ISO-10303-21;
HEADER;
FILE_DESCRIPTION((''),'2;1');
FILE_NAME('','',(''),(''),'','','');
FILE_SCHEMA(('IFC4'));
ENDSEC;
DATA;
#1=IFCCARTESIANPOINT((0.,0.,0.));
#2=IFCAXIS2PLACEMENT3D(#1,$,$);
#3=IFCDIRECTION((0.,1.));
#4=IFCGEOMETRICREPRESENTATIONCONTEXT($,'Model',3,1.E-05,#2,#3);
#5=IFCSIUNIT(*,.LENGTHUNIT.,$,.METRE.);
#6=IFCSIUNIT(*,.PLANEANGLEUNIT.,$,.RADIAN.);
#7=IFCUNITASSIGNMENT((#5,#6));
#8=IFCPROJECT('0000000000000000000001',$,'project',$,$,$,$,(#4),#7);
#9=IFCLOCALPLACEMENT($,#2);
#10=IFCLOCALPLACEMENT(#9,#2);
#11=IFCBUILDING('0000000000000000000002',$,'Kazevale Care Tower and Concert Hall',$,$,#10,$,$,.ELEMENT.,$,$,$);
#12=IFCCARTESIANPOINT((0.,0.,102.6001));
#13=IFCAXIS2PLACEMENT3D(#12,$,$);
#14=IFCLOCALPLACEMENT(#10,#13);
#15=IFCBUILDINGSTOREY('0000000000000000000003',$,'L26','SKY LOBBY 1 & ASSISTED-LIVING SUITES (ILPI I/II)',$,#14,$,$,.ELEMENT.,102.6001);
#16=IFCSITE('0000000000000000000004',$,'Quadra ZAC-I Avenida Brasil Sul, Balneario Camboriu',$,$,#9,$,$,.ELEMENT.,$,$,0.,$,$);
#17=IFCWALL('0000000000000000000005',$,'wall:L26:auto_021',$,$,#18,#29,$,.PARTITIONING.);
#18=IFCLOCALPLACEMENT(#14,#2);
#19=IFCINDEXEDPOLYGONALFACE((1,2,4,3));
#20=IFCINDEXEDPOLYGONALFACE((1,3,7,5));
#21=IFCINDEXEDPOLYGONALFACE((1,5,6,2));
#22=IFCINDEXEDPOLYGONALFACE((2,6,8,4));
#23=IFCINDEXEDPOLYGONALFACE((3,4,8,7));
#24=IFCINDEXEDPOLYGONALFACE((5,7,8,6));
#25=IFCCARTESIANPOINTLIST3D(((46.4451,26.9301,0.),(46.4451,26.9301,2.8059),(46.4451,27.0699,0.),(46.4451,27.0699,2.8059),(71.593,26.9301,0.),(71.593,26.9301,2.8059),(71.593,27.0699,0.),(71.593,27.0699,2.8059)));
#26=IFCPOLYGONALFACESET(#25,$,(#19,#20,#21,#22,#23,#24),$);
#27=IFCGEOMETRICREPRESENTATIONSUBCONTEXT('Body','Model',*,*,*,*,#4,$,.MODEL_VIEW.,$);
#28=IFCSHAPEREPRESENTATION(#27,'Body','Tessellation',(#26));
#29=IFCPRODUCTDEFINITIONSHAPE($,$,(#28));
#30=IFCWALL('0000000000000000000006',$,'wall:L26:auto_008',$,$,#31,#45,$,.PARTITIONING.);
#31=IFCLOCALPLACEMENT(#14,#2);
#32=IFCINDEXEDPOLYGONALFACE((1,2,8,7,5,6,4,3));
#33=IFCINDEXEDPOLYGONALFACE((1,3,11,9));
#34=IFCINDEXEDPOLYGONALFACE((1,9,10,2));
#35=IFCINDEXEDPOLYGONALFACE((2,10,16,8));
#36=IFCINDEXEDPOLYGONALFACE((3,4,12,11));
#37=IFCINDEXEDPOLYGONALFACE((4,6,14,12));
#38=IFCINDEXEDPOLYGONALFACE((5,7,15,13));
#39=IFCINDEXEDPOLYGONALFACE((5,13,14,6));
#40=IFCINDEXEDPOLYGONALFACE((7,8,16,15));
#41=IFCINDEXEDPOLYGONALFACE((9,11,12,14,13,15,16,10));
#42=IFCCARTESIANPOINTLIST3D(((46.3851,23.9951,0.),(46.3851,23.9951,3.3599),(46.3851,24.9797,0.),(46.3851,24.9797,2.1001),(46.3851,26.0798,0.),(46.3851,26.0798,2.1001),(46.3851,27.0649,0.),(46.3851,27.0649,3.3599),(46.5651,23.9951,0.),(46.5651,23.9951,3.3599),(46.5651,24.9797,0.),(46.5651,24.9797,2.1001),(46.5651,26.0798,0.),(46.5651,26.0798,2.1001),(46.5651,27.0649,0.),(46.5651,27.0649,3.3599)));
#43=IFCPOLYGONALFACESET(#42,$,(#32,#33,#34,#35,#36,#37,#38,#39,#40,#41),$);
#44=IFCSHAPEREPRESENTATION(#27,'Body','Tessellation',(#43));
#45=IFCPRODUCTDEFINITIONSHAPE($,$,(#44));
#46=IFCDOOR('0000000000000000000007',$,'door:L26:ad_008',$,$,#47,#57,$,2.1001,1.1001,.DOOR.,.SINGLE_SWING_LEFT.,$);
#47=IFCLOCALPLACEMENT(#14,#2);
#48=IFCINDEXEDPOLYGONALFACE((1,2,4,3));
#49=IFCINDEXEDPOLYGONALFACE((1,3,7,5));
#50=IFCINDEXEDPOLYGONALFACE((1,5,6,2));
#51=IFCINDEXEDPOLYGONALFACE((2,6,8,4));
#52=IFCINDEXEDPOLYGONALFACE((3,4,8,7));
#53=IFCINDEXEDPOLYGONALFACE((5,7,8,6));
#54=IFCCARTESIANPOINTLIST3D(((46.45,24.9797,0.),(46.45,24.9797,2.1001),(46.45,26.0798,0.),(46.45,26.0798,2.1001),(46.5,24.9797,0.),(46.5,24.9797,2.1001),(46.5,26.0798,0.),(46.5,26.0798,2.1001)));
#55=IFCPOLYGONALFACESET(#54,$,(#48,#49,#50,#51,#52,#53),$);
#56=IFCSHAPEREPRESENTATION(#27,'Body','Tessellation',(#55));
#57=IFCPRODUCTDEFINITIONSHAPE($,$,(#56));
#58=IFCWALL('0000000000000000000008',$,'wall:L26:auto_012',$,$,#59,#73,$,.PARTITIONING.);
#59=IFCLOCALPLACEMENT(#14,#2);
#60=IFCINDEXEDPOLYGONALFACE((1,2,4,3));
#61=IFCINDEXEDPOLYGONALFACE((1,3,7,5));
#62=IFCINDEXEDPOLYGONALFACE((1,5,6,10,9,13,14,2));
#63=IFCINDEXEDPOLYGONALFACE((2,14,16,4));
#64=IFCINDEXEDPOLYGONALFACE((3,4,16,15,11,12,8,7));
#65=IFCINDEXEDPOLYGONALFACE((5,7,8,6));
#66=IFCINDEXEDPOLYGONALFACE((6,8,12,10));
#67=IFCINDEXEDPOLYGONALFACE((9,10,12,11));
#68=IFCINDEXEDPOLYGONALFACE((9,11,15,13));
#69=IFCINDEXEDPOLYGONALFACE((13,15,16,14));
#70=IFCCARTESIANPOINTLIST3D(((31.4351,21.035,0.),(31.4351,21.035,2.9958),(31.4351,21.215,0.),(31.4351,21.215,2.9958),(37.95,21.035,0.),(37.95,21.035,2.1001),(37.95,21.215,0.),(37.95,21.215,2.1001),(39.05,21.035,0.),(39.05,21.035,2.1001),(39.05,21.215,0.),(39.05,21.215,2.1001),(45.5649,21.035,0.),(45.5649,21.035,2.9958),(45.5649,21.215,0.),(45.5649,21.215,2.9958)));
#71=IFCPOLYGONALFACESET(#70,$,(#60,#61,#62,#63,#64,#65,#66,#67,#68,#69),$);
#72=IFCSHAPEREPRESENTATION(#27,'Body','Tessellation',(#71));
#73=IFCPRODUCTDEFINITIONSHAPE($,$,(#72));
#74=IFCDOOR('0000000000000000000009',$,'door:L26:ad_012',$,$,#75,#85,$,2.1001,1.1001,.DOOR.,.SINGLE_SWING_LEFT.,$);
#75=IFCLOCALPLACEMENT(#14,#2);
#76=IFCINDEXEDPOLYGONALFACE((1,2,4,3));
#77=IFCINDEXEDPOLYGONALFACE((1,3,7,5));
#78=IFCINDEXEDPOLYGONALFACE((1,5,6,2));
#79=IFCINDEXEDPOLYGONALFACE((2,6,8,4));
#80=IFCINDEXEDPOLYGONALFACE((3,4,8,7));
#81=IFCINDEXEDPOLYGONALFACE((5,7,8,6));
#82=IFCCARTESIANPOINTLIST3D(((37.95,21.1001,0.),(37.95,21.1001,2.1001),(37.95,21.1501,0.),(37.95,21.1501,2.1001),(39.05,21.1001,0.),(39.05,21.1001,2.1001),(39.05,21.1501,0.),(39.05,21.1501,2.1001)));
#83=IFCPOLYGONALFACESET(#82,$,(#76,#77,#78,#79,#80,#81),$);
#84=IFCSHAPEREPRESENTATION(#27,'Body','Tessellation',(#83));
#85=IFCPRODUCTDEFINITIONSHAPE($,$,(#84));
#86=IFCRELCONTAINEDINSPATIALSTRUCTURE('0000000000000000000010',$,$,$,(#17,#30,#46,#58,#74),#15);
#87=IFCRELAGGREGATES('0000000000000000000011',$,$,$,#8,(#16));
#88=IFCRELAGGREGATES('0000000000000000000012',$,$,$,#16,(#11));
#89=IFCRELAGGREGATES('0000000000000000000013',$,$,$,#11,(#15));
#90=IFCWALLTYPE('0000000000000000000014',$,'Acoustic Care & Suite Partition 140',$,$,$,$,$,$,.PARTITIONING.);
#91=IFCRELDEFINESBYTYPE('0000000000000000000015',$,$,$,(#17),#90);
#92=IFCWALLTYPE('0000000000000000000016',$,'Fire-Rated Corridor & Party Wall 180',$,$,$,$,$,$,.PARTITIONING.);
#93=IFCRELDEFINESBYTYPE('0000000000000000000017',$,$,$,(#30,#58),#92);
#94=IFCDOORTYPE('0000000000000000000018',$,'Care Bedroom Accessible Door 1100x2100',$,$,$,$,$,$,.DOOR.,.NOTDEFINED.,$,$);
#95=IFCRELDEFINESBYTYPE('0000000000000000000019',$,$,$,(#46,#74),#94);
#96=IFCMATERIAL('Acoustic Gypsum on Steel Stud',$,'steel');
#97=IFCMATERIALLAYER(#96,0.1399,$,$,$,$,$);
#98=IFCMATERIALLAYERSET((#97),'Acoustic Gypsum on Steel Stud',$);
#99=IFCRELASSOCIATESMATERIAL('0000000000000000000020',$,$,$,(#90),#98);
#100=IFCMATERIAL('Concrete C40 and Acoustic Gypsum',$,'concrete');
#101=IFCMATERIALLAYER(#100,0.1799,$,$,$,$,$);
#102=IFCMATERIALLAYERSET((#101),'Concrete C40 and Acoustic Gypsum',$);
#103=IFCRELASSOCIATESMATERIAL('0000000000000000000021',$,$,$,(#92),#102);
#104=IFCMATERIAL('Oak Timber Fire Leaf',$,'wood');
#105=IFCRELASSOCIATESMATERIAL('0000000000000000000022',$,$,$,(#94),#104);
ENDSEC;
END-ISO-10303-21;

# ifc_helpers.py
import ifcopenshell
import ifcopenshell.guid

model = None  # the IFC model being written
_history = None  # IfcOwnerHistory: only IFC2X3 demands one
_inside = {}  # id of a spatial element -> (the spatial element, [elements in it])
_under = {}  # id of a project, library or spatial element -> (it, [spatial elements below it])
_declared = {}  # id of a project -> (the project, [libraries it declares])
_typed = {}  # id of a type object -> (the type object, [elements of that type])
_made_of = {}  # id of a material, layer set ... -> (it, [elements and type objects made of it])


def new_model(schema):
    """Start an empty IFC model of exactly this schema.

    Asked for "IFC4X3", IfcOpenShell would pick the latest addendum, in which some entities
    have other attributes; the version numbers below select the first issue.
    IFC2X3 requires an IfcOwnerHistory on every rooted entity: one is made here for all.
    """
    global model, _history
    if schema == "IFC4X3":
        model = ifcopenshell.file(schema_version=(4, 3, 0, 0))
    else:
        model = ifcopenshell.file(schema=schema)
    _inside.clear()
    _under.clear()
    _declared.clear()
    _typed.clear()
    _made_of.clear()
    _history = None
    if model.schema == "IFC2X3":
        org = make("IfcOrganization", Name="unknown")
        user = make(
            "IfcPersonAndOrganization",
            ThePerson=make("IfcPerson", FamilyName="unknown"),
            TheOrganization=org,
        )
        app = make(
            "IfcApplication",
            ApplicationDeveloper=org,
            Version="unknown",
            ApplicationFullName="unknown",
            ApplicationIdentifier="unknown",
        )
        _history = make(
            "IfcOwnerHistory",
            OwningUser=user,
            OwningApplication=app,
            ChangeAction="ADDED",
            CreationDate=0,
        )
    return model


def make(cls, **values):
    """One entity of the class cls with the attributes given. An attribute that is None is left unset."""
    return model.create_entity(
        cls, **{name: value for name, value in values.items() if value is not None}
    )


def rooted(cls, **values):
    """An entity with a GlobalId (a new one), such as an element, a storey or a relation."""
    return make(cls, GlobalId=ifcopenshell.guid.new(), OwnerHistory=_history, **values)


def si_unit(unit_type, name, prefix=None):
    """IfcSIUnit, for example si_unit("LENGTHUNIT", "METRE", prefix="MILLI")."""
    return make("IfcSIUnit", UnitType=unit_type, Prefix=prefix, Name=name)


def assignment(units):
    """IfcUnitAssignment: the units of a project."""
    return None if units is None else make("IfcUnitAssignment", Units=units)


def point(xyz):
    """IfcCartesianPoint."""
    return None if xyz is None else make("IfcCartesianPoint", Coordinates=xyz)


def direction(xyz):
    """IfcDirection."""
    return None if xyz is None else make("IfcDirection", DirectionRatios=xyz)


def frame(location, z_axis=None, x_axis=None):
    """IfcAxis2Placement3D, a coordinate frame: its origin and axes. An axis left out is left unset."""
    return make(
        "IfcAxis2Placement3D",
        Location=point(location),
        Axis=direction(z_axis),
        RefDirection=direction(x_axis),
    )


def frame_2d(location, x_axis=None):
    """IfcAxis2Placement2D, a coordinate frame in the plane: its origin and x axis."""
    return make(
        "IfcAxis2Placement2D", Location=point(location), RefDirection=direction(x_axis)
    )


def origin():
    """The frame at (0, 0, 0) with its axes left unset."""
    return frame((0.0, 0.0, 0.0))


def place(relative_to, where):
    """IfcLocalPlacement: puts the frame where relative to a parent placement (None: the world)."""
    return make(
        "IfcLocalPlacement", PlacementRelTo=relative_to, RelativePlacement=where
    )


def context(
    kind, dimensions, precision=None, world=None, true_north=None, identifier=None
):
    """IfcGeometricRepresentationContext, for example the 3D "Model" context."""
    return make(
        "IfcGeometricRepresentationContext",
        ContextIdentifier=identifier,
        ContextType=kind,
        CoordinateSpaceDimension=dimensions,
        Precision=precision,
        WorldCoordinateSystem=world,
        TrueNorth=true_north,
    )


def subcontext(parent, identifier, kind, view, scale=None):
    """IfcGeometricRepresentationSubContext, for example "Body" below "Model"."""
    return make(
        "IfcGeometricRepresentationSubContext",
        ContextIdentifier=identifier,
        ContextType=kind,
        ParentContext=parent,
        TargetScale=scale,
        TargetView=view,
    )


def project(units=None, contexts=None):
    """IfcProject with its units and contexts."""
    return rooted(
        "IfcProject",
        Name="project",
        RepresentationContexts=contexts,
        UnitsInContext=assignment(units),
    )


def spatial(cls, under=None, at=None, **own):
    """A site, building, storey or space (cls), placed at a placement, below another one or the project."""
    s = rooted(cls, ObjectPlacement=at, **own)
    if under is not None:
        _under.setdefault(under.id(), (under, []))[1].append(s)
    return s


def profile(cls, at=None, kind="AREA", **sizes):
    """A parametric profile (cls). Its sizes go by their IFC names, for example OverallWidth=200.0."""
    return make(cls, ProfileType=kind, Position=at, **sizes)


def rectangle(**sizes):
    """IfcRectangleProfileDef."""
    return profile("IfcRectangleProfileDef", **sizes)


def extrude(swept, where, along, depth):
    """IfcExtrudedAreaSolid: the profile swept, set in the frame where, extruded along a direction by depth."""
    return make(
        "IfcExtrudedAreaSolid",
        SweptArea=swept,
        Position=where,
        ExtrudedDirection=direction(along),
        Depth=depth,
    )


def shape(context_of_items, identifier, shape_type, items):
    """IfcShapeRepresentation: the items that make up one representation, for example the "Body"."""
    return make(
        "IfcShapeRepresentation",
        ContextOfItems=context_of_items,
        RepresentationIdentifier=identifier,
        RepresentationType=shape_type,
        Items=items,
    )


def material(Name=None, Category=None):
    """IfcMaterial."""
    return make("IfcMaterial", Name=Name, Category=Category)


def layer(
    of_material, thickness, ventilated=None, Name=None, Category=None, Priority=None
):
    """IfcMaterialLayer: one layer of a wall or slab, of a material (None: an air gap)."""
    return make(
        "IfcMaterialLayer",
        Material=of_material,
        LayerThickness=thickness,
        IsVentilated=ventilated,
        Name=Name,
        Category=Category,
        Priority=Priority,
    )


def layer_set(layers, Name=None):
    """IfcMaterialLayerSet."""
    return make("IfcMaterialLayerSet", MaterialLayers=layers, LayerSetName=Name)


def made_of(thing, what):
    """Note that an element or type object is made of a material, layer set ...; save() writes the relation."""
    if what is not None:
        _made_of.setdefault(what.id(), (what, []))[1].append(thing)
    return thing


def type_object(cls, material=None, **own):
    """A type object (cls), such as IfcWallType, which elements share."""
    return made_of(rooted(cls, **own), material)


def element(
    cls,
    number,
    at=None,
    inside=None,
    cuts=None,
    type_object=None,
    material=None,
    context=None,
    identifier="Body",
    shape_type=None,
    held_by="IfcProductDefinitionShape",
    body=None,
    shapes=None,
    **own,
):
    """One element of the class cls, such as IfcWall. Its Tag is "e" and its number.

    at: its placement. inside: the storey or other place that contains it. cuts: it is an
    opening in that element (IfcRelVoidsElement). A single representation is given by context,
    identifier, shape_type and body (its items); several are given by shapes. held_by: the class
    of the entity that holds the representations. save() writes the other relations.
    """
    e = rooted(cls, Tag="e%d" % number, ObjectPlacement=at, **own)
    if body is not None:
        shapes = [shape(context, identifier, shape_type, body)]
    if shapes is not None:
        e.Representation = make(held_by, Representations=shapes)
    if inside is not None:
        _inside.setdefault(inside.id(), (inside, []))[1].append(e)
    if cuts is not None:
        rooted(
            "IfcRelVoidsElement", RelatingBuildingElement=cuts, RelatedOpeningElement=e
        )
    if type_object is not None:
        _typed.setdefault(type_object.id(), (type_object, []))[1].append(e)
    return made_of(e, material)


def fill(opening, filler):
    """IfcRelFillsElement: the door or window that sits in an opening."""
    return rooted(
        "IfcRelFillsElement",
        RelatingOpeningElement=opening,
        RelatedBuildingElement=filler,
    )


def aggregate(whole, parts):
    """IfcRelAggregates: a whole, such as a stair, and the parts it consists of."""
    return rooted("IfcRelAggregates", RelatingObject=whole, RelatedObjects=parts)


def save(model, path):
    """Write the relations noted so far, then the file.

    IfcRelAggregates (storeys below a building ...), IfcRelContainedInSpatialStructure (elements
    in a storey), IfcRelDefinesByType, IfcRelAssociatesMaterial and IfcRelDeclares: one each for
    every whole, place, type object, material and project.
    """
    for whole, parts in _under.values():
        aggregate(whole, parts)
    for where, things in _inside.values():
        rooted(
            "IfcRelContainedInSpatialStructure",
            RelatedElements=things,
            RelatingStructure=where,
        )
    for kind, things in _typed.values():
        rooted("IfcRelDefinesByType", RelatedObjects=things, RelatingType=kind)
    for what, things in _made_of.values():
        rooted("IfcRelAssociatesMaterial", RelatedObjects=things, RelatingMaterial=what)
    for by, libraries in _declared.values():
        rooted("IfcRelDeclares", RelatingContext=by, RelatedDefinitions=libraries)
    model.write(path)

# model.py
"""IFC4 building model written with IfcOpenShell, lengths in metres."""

from ifc_helpers import new_model, si_unit, direction, frame, frame_2d, origin, place, context, subcontext, project, spatial, rectangle, extrude, material, layer, layer_set, type_object, element, fill, save


model = new_model("IFC4")

# Units and contexts
model_context = context("Model", 3, precision=1e-05, world=origin(), true_north=direction((0.0, 1.0)))
body_context = subcontext(model_context, "Body", "Model", "MODEL_VIEW")
ifc_project = project(units=[si_unit("LENGTHUNIT", "METRE"), si_unit("PLANEANGLEUNIT", "RADIAN")], contexts=[model_context])

# Site, building, storey
site_placement = place(None, origin())
site = spatial("IfcSite", under=ifc_project, at=site_placement, Name="Quadra ZAC-I Avenida Brasil Sul, Balneario Camboriu", CompositionType="ELEMENT", RefElevation=0.0)
building_placement = place(site_placement, origin())
building = spatial("IfcBuilding", under=site, at=building_placement, Name="Kazevale Care Tower and Concert Hall", CompositionType="ELEMENT")
storey_placement = place(building_placement, frame((0.0, 0.0, 102.6001)))
storey = spatial("IfcBuildingStorey", under=building, at=storey_placement, Name="L26", Description="SKY LOBBY 1 & ASSISTED-LIVING SUITES (ILPI I/II)", CompositionType="ELEMENT", Elevation=102.6001)

# Wall
ifc_material_1 = material(Name="Acoustic Gypsum on Steel Stud", Category="steel")
ifc_layer_1 = layer(ifc_material_1, 0.1399)
ifc_layer_set_1 = layer_set([ifc_layer_1], Name="Acoustic Gypsum on Steel Stud")
wall_type_1 = type_object("IfcWallType", Name="Acoustic Care & Suite Partition 140", PredefinedType="PARTITIONING", material=ifc_layer_set_1)
wall_1_placement = place(storey_placement, frame((46.4451, 27.0, 0.0), z_axis=(0.0, 0.0, 1.0), x_axis=(1.0, 0.0, 0.0)))
element("IfcWall", 1, at=wall_1_placement, inside=storey, type_object=wall_type_1, Name="wall:L26:auto_021", PredefinedType="PARTITIONING", context=body_context, shape_type="SweptSolid", body=[
    extrude(rectangle(XDim=25.1479, YDim=0.1399, at=frame_2d((12.574, 0.0))), origin(), (0.0, 0.0, 1.0), 2.8059),
])

# Walls, openings, doors
ifc_material_2 = material(Name="Concrete C40 and Acoustic Gypsum", Category="concrete")
ifc_layer_2 = layer(ifc_material_2, 0.1799)
ifc_layer_set_2 = layer_set([ifc_layer_2], Name="Concrete C40 and Acoustic Gypsum")
wall_type_2 = type_object("IfcWallType", Name="Fire-Rated Corridor & Party Wall 180", PredefinedType="PARTITIONING", material=ifc_layer_set_2)
ifc_material_3 = material(Name="Oak Timber Fire Leaf", Category="wood")
wall_2_placement = place(storey_placement, frame((46.4751, 27.0649, 0.0), z_axis=(0.0, 0.0, 1.0), x_axis=(0.0, -1.0, 0.0)))
wall_2 = element("IfcWall", 2, at=wall_2_placement, inside=storey, type_object=wall_type_2, Name="wall:L26:auto_008", PredefinedType="PARTITIONING", context=body_context, shape_type="SweptSolid", body=[
    extrude(rectangle(XDim=3.0698, YDim=0.1799, at=frame_2d((1.5349, 0.0))), origin(), (0.0, 0.0, 1.0), 3.3599),
])
opening_1_placement = place(wall_2_placement, frame((0.9851, 0.0, 0.0)))
opening_1 = element("IfcOpeningElement", 3, at=opening_1_placement, cuts=wall_2, PredefinedType="OPENING", context=body_context, shape_type="SweptSolid", body=[
    extrude(rectangle(XDim=1.1001, YDim=2.1001, at=frame_2d((0.55, 1.05))), frame((0.0, 0.0999, 0.0), z_axis=(0.0, -1.0, 0.0), x_axis=(1.0, 0.0, 0.0)), (0.0, 0.0, 1.0), 0.2),
])
door_type_1 = type_object("IfcDoorType", Name="Care Bedroom Accessible Door 1100x2100", OperationType="NOTDEFINED", PredefinedType="DOOR", material=ifc_material_3)
door_1_placement = place(opening_1_placement, origin())
door_1 = element("IfcDoor", 4, at=door_1_placement, inside=storey, type_object=door_type_1, Name="door:L26:ad_008", OperationType="SINGLE_SWING_LEFT", OverallHeight=2.1001, OverallWidth=1.1001, PredefinedType="DOOR", context=body_context, shape_type="SweptSolid", body=[
    extrude(rectangle(XDim=1.1001, YDim=2.1001, at=frame_2d((0.55, 1.05))), frame((0.0, 0.0249, 0.0), z_axis=(0.0, -1.0, 0.0), x_axis=(1.0, 0.0, 0.0)), (0.0, 0.0, 1.0), 0.05),
])
fill(opening_1, door_1)
wall_3_placement = place(storey_placement, frame((45.5649, 21.125, 0.0), z_axis=(0.0, 0.0, 1.0), x_axis=(-1.0, 0.0, 0.0)))
wall_3 = element("IfcWall", 5, at=wall_3_placement, inside=storey, type_object=wall_type_2, Name="wall:L26:auto_012", PredefinedType="PARTITIONING", context=body_context, shape_type="SweptSolid", body=[
    extrude(rectangle(XDim=14.1299, YDim=0.1799, at=frame_2d((7.0649, 0.0))), origin(), (0.0, 0.0, 1.0), 2.9958),
])
opening_2_placement = place(wall_3_placement, frame((6.5149, 0.0, 0.0)))
opening_2 = element("IfcOpeningElement", 6, at=opening_2_placement, cuts=wall_3, PredefinedType="OPENING", context=body_context, shape_type="SweptSolid", body=[
    extrude(rectangle(XDim=1.1001, YDim=2.1001, at=frame_2d((0.55, 1.05))), frame((0.0, 0.0999, 0.0), z_axis=(0.0, -1.0, 0.0), x_axis=(1.0, 0.0, 0.0)), (0.0, 0.0, 1.0), 0.2),
])
door_2_placement = place(opening_2_placement, origin())
door_2 = element("IfcDoor", 7, at=door_2_placement, inside=storey, type_object=door_type_1, Name="door:L26:ad_012", OperationType="SINGLE_SWING_LEFT", OverallHeight=2.1001, OverallWidth=1.1001, PredefinedType="DOOR", context=body_context, shape_type="SweptSolid", body=[
    extrude(rectangle(XDim=1.1001, YDim=2.1001, at=frame_2d((0.55, 1.05))), frame((0.0, 0.0249, 0.0), z_axis=(0.0, -1.0, 0.0), x_axis=(1.0, 0.0, 0.0)), (0.0, 0.0, 1.0), 0.05),
])
fill(opening_2, door_2)

save(model, "model.ifc")
